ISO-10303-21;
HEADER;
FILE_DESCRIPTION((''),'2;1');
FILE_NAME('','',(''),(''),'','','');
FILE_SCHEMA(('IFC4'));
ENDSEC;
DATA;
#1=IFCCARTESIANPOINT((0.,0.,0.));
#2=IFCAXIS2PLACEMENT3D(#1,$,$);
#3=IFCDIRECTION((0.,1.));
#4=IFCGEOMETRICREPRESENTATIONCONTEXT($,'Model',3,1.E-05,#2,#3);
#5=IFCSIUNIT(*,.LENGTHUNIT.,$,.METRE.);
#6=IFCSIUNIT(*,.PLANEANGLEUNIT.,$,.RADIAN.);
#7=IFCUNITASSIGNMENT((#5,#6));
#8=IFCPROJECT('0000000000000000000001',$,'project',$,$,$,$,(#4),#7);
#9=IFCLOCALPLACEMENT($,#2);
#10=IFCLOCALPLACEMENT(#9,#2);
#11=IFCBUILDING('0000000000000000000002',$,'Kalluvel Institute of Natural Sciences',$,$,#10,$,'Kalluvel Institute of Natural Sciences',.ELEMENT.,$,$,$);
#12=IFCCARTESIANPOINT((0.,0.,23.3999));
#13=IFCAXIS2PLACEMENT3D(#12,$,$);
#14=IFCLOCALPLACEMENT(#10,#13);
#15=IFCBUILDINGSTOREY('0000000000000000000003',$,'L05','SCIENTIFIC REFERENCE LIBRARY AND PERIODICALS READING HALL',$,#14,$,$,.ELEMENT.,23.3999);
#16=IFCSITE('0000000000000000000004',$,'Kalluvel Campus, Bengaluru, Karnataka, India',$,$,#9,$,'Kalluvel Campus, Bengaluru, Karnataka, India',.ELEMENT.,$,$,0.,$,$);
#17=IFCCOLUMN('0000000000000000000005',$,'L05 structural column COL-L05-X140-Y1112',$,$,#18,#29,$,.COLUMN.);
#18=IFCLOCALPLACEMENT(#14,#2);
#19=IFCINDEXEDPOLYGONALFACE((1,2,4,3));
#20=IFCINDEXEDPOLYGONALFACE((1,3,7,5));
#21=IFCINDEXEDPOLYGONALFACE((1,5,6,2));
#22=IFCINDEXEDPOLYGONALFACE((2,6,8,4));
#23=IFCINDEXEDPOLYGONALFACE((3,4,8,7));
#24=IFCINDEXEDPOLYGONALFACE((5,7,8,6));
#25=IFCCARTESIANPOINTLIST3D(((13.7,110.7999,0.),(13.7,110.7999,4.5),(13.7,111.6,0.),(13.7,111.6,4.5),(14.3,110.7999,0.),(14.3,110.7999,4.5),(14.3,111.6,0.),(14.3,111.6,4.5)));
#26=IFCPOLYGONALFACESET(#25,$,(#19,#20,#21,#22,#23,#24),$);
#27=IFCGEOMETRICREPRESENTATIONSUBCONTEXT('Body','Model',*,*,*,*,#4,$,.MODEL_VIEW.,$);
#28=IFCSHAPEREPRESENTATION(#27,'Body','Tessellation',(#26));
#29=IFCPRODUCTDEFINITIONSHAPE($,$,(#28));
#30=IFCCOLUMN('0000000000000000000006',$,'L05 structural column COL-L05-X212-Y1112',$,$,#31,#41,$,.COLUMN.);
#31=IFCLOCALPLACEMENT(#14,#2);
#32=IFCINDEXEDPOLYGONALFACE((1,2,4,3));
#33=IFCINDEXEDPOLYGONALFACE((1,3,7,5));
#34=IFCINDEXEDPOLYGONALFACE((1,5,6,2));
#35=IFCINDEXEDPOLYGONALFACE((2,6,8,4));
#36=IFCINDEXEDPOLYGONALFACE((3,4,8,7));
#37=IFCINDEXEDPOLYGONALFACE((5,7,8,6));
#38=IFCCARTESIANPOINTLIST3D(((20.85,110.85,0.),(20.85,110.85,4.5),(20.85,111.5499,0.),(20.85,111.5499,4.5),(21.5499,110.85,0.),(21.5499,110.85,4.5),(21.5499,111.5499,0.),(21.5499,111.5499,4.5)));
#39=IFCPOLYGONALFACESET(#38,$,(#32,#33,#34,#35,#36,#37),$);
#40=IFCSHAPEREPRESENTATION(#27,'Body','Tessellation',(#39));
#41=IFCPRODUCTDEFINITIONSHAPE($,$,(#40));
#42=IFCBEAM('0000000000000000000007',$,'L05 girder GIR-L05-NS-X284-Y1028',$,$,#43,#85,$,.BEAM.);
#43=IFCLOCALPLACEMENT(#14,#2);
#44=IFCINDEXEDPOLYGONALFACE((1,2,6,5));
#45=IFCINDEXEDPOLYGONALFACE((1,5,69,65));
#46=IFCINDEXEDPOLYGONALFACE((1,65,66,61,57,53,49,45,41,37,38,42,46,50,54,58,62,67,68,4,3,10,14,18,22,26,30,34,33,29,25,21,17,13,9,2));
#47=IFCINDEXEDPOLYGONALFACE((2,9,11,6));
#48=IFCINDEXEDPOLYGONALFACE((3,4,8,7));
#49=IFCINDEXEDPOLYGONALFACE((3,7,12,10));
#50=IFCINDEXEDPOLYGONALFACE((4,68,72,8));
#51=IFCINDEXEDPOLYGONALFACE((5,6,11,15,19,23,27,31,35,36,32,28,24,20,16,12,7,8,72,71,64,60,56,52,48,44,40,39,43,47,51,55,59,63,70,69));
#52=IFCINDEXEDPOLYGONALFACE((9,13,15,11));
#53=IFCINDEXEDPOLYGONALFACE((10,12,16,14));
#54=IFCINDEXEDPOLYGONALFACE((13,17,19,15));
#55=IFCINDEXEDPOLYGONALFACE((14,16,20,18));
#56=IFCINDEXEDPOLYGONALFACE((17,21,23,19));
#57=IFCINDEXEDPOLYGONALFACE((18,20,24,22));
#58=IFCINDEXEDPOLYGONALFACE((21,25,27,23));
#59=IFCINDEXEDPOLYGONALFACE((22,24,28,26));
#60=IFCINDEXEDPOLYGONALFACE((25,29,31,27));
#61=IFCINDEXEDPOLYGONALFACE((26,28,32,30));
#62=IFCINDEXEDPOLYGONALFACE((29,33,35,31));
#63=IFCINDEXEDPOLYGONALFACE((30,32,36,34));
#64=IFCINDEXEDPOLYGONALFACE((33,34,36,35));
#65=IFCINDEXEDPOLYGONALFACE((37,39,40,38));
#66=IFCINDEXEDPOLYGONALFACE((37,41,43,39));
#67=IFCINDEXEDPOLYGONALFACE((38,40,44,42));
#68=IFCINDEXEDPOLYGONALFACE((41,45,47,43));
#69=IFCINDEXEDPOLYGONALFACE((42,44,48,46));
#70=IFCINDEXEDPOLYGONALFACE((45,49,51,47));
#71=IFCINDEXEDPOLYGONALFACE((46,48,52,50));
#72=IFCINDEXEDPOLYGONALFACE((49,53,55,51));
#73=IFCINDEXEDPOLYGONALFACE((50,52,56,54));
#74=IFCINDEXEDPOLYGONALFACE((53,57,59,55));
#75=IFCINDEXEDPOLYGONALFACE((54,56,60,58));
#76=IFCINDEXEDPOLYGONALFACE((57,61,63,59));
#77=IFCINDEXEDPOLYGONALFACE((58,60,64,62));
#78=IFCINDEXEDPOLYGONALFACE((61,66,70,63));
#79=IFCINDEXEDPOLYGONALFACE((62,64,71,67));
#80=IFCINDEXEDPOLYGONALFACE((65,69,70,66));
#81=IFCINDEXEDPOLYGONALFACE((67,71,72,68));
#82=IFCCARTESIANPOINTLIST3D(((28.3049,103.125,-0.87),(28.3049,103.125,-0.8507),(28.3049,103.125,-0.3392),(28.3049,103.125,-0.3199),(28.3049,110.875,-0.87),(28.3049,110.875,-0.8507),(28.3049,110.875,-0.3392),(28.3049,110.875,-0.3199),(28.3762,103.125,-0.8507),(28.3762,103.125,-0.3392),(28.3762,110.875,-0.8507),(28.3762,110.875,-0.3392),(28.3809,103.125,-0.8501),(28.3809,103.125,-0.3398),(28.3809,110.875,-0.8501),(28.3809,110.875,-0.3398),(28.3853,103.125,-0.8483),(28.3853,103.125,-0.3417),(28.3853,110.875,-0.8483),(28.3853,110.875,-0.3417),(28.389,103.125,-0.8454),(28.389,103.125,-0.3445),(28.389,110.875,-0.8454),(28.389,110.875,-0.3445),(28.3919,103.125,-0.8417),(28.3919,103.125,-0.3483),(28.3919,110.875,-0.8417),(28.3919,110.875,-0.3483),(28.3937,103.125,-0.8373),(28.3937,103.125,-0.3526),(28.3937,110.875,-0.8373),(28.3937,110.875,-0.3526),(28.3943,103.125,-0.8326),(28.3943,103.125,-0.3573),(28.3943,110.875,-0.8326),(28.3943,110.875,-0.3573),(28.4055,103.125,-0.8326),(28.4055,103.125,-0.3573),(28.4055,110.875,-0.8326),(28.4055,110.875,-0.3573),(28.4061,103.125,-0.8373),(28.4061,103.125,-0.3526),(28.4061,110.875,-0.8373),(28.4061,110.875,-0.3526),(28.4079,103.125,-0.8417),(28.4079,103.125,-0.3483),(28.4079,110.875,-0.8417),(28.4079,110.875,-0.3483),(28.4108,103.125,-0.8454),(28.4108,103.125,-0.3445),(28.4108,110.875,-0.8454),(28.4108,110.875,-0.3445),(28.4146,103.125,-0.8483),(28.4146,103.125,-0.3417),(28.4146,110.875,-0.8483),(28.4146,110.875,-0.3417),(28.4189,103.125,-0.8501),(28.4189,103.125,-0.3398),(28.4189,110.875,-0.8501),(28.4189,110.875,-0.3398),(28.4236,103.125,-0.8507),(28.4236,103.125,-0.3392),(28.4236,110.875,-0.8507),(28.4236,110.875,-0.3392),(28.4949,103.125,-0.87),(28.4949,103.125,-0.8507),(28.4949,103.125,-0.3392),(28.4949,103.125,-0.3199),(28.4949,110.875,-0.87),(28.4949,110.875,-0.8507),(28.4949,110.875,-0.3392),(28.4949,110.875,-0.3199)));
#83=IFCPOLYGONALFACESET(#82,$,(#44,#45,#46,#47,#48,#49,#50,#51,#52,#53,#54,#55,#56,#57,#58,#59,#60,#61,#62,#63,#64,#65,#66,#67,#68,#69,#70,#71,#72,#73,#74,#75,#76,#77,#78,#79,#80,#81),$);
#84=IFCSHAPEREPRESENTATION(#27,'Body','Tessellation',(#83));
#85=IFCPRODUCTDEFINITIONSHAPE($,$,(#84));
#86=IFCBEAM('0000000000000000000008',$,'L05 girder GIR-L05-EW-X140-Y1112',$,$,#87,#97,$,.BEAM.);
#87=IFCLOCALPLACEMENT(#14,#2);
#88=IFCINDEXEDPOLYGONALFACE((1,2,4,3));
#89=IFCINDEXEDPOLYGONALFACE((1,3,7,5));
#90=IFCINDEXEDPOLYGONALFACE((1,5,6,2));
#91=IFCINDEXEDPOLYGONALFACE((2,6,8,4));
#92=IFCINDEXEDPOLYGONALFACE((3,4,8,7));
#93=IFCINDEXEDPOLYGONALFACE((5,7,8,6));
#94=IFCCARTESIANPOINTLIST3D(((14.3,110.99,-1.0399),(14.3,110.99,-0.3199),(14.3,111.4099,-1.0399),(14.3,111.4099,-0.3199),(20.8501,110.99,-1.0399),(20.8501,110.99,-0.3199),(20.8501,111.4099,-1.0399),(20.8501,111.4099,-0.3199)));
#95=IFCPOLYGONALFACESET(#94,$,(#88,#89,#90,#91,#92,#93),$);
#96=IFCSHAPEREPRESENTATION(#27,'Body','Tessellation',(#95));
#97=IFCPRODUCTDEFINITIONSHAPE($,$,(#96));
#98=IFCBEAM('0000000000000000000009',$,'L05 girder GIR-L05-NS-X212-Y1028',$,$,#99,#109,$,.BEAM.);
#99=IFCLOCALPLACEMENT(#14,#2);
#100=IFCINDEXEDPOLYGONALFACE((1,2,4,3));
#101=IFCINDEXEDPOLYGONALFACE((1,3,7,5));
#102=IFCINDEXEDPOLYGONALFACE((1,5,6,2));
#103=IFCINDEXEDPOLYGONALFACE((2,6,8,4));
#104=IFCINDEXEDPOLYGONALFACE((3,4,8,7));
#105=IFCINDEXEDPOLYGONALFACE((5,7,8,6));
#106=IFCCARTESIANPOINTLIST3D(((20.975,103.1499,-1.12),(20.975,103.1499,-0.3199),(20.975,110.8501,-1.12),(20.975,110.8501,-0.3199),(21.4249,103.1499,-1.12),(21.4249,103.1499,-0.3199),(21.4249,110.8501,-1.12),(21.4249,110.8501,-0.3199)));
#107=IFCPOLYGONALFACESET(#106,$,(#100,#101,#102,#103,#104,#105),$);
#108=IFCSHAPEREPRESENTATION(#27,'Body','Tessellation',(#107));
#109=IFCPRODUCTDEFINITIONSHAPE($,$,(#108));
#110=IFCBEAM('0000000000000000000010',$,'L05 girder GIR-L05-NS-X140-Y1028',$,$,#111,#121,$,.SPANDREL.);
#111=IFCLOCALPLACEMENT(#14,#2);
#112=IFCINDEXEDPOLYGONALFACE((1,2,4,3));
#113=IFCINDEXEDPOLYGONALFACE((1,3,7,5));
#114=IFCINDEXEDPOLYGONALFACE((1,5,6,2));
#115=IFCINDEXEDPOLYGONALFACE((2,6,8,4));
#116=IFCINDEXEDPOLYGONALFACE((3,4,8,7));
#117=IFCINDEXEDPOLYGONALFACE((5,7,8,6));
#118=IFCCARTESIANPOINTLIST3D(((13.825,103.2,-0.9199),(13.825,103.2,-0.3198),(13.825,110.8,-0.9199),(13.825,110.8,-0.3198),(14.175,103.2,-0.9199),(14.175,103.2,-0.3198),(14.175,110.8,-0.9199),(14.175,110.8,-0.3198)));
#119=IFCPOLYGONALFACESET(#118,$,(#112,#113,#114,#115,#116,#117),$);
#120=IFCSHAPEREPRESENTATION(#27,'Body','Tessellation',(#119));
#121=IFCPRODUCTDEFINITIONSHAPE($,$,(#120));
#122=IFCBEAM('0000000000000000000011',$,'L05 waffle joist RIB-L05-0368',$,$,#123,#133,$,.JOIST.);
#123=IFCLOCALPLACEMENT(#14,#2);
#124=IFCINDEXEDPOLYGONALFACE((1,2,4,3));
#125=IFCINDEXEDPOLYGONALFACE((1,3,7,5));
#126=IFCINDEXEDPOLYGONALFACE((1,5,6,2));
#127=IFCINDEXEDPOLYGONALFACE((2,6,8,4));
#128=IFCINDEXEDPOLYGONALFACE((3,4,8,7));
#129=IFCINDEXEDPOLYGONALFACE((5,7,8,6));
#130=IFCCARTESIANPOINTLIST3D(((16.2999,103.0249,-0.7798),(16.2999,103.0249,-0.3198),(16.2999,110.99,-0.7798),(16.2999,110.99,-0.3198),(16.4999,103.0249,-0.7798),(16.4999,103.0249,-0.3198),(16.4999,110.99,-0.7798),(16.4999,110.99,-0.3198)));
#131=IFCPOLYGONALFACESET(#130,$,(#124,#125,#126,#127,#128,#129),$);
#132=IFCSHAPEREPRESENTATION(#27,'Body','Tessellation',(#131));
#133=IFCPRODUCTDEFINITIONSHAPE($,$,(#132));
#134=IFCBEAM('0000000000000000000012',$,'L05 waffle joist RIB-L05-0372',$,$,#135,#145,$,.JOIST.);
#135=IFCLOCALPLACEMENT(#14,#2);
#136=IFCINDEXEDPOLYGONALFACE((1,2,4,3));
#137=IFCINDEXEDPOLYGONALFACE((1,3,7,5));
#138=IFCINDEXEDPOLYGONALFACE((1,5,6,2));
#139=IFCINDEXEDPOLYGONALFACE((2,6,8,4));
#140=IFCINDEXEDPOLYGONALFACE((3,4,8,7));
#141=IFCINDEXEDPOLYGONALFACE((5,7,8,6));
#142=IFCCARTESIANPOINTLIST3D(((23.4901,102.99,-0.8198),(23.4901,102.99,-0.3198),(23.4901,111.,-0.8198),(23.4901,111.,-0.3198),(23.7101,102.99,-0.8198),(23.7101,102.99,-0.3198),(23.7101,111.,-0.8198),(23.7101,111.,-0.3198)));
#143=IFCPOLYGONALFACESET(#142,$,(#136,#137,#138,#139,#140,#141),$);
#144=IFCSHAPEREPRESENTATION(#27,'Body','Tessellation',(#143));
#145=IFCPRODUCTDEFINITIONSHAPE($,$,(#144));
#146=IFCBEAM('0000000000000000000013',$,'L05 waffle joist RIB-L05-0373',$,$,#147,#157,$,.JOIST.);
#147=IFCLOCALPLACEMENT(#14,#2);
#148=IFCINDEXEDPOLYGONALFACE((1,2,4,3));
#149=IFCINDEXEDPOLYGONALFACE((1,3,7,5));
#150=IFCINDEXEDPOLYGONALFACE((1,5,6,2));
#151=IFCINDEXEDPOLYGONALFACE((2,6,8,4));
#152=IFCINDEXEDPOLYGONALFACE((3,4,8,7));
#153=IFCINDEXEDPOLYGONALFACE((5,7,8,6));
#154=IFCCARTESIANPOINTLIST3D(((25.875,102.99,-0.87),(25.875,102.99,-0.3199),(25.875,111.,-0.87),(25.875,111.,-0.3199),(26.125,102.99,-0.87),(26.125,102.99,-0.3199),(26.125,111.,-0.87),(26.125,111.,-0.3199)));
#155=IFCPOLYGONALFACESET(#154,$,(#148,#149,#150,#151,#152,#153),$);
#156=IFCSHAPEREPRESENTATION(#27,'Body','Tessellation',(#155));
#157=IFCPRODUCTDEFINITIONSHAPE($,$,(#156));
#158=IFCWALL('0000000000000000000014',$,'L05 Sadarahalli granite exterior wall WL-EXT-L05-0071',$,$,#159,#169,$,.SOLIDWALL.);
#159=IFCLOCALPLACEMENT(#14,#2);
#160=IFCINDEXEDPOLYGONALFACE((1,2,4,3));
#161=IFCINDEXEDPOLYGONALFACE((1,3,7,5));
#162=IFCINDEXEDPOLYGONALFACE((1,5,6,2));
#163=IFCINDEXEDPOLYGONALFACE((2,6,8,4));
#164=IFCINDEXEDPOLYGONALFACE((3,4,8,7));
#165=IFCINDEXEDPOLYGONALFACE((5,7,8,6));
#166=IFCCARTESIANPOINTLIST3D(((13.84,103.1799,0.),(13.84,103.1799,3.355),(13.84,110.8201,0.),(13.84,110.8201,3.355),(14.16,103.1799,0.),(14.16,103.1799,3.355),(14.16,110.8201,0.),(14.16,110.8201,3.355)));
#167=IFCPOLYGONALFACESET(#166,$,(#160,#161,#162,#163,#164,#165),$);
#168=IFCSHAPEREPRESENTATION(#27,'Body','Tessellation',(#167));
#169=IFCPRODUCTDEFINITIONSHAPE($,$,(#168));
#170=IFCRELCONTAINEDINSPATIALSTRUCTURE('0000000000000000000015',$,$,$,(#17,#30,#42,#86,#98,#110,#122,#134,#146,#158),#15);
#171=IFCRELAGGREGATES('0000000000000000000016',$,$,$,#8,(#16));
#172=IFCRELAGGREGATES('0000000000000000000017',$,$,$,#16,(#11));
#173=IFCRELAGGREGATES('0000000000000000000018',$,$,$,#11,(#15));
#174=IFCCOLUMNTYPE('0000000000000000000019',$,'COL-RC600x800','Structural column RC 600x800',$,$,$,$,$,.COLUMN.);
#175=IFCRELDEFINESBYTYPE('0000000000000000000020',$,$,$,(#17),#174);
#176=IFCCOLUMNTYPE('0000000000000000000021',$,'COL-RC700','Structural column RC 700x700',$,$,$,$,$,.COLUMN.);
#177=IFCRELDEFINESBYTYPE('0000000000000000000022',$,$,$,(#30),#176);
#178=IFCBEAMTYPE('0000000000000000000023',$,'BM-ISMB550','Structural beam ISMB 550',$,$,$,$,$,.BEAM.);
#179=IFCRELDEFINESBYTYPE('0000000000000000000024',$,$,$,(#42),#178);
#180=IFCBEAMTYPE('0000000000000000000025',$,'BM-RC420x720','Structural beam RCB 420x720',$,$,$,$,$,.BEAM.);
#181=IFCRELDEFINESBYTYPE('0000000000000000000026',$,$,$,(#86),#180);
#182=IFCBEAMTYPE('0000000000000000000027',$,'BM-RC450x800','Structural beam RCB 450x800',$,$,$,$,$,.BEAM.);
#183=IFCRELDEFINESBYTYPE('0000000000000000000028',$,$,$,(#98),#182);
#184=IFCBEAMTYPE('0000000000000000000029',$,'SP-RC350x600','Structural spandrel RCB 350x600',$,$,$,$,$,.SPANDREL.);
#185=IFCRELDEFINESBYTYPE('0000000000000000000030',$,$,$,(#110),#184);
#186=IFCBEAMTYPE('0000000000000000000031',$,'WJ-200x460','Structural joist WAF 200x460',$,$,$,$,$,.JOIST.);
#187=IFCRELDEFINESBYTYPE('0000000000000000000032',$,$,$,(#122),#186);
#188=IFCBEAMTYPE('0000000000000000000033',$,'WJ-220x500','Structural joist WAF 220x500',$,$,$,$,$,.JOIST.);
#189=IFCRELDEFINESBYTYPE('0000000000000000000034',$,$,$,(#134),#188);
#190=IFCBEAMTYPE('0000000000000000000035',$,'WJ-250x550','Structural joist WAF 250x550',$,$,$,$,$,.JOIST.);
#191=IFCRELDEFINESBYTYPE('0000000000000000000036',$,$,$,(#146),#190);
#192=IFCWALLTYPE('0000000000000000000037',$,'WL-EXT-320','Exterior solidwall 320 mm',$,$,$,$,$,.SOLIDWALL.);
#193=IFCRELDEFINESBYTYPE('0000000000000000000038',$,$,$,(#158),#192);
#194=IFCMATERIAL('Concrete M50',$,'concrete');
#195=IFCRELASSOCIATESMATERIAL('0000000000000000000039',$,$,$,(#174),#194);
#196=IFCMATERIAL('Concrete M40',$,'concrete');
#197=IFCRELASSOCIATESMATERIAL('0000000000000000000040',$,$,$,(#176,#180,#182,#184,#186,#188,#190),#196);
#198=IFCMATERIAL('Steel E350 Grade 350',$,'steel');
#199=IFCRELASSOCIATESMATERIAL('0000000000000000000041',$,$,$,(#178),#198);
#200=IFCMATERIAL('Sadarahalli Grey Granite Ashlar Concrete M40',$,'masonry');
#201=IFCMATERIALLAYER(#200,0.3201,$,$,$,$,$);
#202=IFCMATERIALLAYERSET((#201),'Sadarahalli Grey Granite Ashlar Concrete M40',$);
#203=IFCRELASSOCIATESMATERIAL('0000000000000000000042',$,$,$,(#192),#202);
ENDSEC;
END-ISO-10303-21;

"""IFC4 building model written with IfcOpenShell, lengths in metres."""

from ifc_helpers import new_model, si_unit, direction, frame, frame_2d, origin, origin_2d, place, context, subcontext, project, spatial, rectangle, i_section, extrude, material, layer, layer_set, material_profile, profile_set, type_object, element, save


model = new_model("IFC4")

# Units and contexts
model_context = context("Model", 3, precision=1e-05, world=origin(), true_north=direction((0.0, 1.0)))
body_context = subcontext(model_context, "Body", "Model", "MODEL_VIEW")
ifc_project = project(units=[si_unit("LENGTHUNIT", "METRE"), si_unit("PLANEANGLEUNIT", "RADIAN")], contexts=[model_context])

# Site, building, storey
site_placement = place(None, origin())
site = spatial("IfcSite", under=ifc_project, at=site_placement, Name="Kalluvel Campus, Bengaluru, Karnataka, India", LongName="Kalluvel Campus, Bengaluru, Karnataka, India", CompositionType="ELEMENT", RefElevation=0.0)
building_placement = place(site_placement, origin())
building = spatial("IfcBuilding", under=site, at=building_placement, Name="Kalluvel Institute of Natural Sciences", LongName="Kalluvel Institute of Natural Sciences", CompositionType="ELEMENT")
storey_placement = place(building_placement, frame((0.0, 0.0, 23.3999)))
storey = spatial("IfcBuildingStorey", under=building, at=storey_placement, Name="L05", Description="SCIENTIFIC REFERENCE LIBRARY AND PERIODICALS READING HALL", CompositionType="ELEMENT", Elevation=23.3999)

# Columns
ifc_material_1 = material(Name="Concrete M50", Category="concrete")
ifc_material_profile_1 = material_profile(ifc_material_1, rectangle(XDim=0.6001, YDim=0.8, at=origin_2d()), Name="RC 600x800")
ifc_profile_set_1 = profile_set([ifc_material_profile_1], Name="Concrete M50")
column_type_1 = type_object("IfcColumnType", Name="COL-RC600x800", Description="Structural column RC 600x800", PredefinedType="COLUMN", material=ifc_profile_set_1)
column_1_placement = place(storey_placement, frame((14.0, 111.2, 0.0), z_axis=(0.0, 0.0, 1.0), x_axis=(1.0, 0.0, 0.0)))
element("IfcColumn", 1, at=column_1_placement, inside=storey, type_object=column_type_1, Name="L05 structural column COL-L05-X140-Y1112", PredefinedType="COLUMN", context=body_context, shape_type="SweptSolid", body=[
    extrude(rectangle(XDim=0.6001, YDim=0.8, at=origin_2d()), origin(), (0.0, 0.0, 1.0), 4.5),
])
ifc_material_2 = material(Name="Concrete M40", Category="concrete")
ifc_material_profile_2 = material_profile(ifc_material_2, rectangle(XDim=0.7, YDim=0.7, at=origin_2d()), Name="RC 700x700")
ifc_profile_set_2 = profile_set([ifc_material_profile_2], Name="Concrete M40")
column_type_2 = type_object("IfcColumnType", Name="COL-RC700", Description="Structural column RC 700x700", PredefinedType="COLUMN", material=ifc_profile_set_2)
column_2_placement = place(storey_placement, frame((21.2, 111.2, 0.0), z_axis=(0.0, 0.0, 1.0), x_axis=(1.0, 0.0, 0.0)))
element("IfcColumn", 2, at=column_2_placement, inside=storey, type_object=column_type_2, Name="L05 structural column COL-L05-X212-Y1112", PredefinedType="COLUMN", context=body_context, shape_type="SweptSolid", body=[
    extrude(rectangle(XDim=0.7, YDim=0.7, at=origin_2d()), origin(), (0.0, 0.0, 1.0), 4.5),
])

# Beams
ifc_material_3 = material(Name="Steel E350 Grade 350", Category="steel")
ifc_material_profile_3 = material_profile(ifc_material_3, i_section(OverallWidth=0.1899, OverallDepth=0.55, WebThickness=0.0112, FlangeThickness=0.0193, FilletRadius=0.0181, at=origin_2d()), Name="ISMB 550")
ifc_profile_set_3 = profile_set([ifc_material_profile_3], Name="Steel E350 Grade 350")
beam_type_1 = type_object("IfcBeamType", Name="BM-ISMB550", Description="Structural beam ISMB 550", PredefinedType="BEAM", material=ifc_profile_set_3)
beam_1_placement = place(storey_placement, frame((28.3999, 103.125, -0.595), z_axis=(0.0, 1.0, 0.0), x_axis=(-1.0, 0.0, 0.0)))
element("IfcBeam", 3, at=beam_1_placement, inside=storey, type_object=beam_type_1, Name="L05 girder GIR-L05-NS-X284-Y1028", PredefinedType="BEAM", context=body_context, shape_type="SweptSolid", body=[
    extrude(i_section(OverallWidth=0.1899, OverallDepth=0.55, WebThickness=0.0112, FlangeThickness=0.0193, FilletRadius=0.0181, at=origin_2d()), origin(), (0.0, 0.0, 1.0), 7.75),
])
ifc_material_profile_4 = material_profile(ifc_material_2, rectangle(XDim=0.4199, YDim=0.72, at=origin_2d()), Name="RCB 420x720")
ifc_profile_set_4 = profile_set([ifc_material_profile_4], Name="Concrete M40")
beam_type_2 = type_object("IfcBeamType", Name="BM-RC420x720", Description="Structural beam RCB 420x720", PredefinedType="BEAM", material=ifc_profile_set_4)
beam_2_placement = place(storey_placement, frame((14.3, 111.2, -0.6799), z_axis=(1.0, 0.0, 0.0), x_axis=(0.0, 1.0, 0.0)))
element("IfcBeam", 4, at=beam_2_placement, inside=storey, type_object=beam_type_2, Name="L05 girder GIR-L05-EW-X140-Y1112", PredefinedType="BEAM", context=body_context, shape_type="SweptSolid", body=[
    extrude(rectangle(XDim=0.4199, YDim=0.72, at=origin_2d()), origin(), (0.0, 0.0, 1.0), 6.55),
])
ifc_material_profile_5 = material_profile(ifc_material_2, rectangle(XDim=0.45, YDim=0.8, at=origin_2d()), Name="RCB 450x800")
ifc_profile_set_5 = profile_set([ifc_material_profile_5], Name="Concrete M40")
beam_type_3 = type_object("IfcBeamType", Name="BM-RC450x800", Description="Structural beam RCB 450x800", PredefinedType="BEAM", material=ifc_profile_set_5)
beam_3_placement = place(storey_placement, frame((21.2, 103.1499, -0.72), z_axis=(0.0, 1.0, 0.0), x_axis=(-1.0, 0.0, 0.0)))
element("IfcBeam", 5, at=beam_3_placement, inside=storey, type_object=beam_type_3, Name="L05 girder GIR-L05-NS-X212-Y1028", PredefinedType="BEAM", context=body_context, shape_type="SweptSolid", body=[
    extrude(rectangle(XDim=0.45, YDim=0.8, at=origin_2d()), origin(), (0.0, 0.0, 1.0), 7.7002),
])
ifc_material_profile_6 = material_profile(ifc_material_2, rectangle(XDim=0.3501, YDim=0.6001, at=origin_2d()), Name="RCB 350x600")
ifc_profile_set_6 = profile_set([ifc_material_profile_6], Name="Concrete M40")
beam_type_4 = type_object("IfcBeamType", Name="SP-RC350x600", Description="Structural spandrel RCB 350x600", PredefinedType="SPANDREL", material=ifc_profile_set_6)
beam_4_placement = place(storey_placement, frame((14.0, 103.2, -0.6199), z_axis=(0.0, 1.0, 0.0), x_axis=(-1.0, 0.0, 0.0)))
element("IfcBeam", 6, at=beam_4_placement, inside=storey, type_object=beam_type_4, Name="L05 girder GIR-L05-NS-X140-Y1028", PredefinedType="SPANDREL", context=body_context, shape_type="SweptSolid", body=[
    extrude(rectangle(XDim=0.3501, YDim=0.6001, at=origin_2d()), origin(), (0.0, 0.0, 1.0), 7.6001),
])
ifc_material_profile_7 = material_profile(ifc_material_2, rectangle(XDim=0.2, YDim=0.46, at=origin_2d()), Name="WAF 200x460")
ifc_profile_set_7 = profile_set([ifc_material_profile_7], Name="Concrete M40")
beam_type_5 = type_object("IfcBeamType", Name="WJ-200x460", Description="Structural joist WAF 200x460", PredefinedType="JOIST", material=ifc_profile_set_7)
beam_5_placement = place(storey_placement, frame((16.3999, 103.0249, -0.5498), z_axis=(0.0, 1.0, 0.0), x_axis=(-1.0, 0.0, 0.0)))
element("IfcBeam", 7, at=beam_5_placement, inside=storey, type_object=beam_type_5, Name="L05 waffle joist RIB-L05-0368", PredefinedType="JOIST", context=body_context, shape_type="SweptSolid", body=[
    extrude(rectangle(XDim=0.2, YDim=0.46, at=origin_2d()), origin(), (0.0, 0.0, 1.0), 7.9651),
])
ifc_material_profile_8 = material_profile(ifc_material_2, rectangle(XDim=0.22, YDim=0.5, at=origin_2d()), Name="WAF 220x500")
ifc_profile_set_8 = profile_set([ifc_material_profile_8], Name="Concrete M40")
beam_type_6 = type_object("IfcBeamType", Name="WJ-220x500", Description="Structural joist WAF 220x500", PredefinedType="JOIST", material=ifc_profile_set_8)
beam_6_placement = place(storey_placement, frame((23.6001, 102.99, -0.5698), z_axis=(0.0, 1.0, 0.0), x_axis=(-1.0, 0.0, 0.0)))
element("IfcBeam", 8, at=beam_6_placement, inside=storey, type_object=beam_type_6, Name="L05 waffle joist RIB-L05-0372", PredefinedType="JOIST", context=body_context, shape_type="SweptSolid", body=[
    extrude(rectangle(XDim=0.22, YDim=0.5, at=origin_2d()), origin(), (0.0, 0.0, 1.0), 8.01),
])
ifc_material_profile_9 = material_profile(ifc_material_2, rectangle(XDim=0.25, YDim=0.55, at=origin_2d()), Name="WAF 250x550")
ifc_profile_set_9 = profile_set([ifc_material_profile_9], Name="Concrete M40")
beam_type_7 = type_object("IfcBeamType", Name="WJ-250x550", Description="Structural joist WAF 250x550", PredefinedType="JOIST", material=ifc_profile_set_9)
beam_7_placement = place(storey_placement, frame((26.0, 102.99, -0.595), z_axis=(0.0, 1.0, 0.0), x_axis=(-1.0, 0.0, 0.0)))
element("IfcBeam", 9, at=beam_7_placement, inside=storey, type_object=beam_type_7, Name="L05 waffle joist RIB-L05-0373", PredefinedType="JOIST", context=body_context, shape_type="SweptSolid", body=[
    extrude(rectangle(XDim=0.25, YDim=0.55, at=origin_2d()), origin(), (0.0, 0.0, 1.0), 8.01),
])

# Wall
ifc_material_4 = material(Name="Sadarahalli Grey Granite Ashlar Concrete M40", Category="masonry")
ifc_layer_1 = layer(ifc_material_4, 0.3201)
ifc_layer_set_1 = layer_set([ifc_layer_1], Name="Sadarahalli Grey Granite Ashlar Concrete M40")
wall_type_1 = type_object("IfcWallType", Name="WL-EXT-320", Description="Exterior solidwall 320 mm", PredefinedType="SOLIDWALL", material=ifc_layer_set_1)
wall_1_placement = place(storey_placement, frame((14.0, 103.1799, 0.0), z_axis=(0.0, 0.0, 1.0), x_axis=(0.0, 1.0, 0.0)))
element("IfcWall", 10, at=wall_1_placement, inside=storey, type_object=wall_type_1, Name="L05 Sadarahalli granite exterior wall WL-EXT-L05-0071", PredefinedType="SOLIDWALL", context=body_context, shape_type="SweptSolid", body=[
    extrude(rectangle(XDim=7.6401, YDim=0.3201, at=frame_2d((3.8201, 0.0))), origin(), (0.0, 0.0, 1.0), 3.355),
])

save(model, "model.ifc")
